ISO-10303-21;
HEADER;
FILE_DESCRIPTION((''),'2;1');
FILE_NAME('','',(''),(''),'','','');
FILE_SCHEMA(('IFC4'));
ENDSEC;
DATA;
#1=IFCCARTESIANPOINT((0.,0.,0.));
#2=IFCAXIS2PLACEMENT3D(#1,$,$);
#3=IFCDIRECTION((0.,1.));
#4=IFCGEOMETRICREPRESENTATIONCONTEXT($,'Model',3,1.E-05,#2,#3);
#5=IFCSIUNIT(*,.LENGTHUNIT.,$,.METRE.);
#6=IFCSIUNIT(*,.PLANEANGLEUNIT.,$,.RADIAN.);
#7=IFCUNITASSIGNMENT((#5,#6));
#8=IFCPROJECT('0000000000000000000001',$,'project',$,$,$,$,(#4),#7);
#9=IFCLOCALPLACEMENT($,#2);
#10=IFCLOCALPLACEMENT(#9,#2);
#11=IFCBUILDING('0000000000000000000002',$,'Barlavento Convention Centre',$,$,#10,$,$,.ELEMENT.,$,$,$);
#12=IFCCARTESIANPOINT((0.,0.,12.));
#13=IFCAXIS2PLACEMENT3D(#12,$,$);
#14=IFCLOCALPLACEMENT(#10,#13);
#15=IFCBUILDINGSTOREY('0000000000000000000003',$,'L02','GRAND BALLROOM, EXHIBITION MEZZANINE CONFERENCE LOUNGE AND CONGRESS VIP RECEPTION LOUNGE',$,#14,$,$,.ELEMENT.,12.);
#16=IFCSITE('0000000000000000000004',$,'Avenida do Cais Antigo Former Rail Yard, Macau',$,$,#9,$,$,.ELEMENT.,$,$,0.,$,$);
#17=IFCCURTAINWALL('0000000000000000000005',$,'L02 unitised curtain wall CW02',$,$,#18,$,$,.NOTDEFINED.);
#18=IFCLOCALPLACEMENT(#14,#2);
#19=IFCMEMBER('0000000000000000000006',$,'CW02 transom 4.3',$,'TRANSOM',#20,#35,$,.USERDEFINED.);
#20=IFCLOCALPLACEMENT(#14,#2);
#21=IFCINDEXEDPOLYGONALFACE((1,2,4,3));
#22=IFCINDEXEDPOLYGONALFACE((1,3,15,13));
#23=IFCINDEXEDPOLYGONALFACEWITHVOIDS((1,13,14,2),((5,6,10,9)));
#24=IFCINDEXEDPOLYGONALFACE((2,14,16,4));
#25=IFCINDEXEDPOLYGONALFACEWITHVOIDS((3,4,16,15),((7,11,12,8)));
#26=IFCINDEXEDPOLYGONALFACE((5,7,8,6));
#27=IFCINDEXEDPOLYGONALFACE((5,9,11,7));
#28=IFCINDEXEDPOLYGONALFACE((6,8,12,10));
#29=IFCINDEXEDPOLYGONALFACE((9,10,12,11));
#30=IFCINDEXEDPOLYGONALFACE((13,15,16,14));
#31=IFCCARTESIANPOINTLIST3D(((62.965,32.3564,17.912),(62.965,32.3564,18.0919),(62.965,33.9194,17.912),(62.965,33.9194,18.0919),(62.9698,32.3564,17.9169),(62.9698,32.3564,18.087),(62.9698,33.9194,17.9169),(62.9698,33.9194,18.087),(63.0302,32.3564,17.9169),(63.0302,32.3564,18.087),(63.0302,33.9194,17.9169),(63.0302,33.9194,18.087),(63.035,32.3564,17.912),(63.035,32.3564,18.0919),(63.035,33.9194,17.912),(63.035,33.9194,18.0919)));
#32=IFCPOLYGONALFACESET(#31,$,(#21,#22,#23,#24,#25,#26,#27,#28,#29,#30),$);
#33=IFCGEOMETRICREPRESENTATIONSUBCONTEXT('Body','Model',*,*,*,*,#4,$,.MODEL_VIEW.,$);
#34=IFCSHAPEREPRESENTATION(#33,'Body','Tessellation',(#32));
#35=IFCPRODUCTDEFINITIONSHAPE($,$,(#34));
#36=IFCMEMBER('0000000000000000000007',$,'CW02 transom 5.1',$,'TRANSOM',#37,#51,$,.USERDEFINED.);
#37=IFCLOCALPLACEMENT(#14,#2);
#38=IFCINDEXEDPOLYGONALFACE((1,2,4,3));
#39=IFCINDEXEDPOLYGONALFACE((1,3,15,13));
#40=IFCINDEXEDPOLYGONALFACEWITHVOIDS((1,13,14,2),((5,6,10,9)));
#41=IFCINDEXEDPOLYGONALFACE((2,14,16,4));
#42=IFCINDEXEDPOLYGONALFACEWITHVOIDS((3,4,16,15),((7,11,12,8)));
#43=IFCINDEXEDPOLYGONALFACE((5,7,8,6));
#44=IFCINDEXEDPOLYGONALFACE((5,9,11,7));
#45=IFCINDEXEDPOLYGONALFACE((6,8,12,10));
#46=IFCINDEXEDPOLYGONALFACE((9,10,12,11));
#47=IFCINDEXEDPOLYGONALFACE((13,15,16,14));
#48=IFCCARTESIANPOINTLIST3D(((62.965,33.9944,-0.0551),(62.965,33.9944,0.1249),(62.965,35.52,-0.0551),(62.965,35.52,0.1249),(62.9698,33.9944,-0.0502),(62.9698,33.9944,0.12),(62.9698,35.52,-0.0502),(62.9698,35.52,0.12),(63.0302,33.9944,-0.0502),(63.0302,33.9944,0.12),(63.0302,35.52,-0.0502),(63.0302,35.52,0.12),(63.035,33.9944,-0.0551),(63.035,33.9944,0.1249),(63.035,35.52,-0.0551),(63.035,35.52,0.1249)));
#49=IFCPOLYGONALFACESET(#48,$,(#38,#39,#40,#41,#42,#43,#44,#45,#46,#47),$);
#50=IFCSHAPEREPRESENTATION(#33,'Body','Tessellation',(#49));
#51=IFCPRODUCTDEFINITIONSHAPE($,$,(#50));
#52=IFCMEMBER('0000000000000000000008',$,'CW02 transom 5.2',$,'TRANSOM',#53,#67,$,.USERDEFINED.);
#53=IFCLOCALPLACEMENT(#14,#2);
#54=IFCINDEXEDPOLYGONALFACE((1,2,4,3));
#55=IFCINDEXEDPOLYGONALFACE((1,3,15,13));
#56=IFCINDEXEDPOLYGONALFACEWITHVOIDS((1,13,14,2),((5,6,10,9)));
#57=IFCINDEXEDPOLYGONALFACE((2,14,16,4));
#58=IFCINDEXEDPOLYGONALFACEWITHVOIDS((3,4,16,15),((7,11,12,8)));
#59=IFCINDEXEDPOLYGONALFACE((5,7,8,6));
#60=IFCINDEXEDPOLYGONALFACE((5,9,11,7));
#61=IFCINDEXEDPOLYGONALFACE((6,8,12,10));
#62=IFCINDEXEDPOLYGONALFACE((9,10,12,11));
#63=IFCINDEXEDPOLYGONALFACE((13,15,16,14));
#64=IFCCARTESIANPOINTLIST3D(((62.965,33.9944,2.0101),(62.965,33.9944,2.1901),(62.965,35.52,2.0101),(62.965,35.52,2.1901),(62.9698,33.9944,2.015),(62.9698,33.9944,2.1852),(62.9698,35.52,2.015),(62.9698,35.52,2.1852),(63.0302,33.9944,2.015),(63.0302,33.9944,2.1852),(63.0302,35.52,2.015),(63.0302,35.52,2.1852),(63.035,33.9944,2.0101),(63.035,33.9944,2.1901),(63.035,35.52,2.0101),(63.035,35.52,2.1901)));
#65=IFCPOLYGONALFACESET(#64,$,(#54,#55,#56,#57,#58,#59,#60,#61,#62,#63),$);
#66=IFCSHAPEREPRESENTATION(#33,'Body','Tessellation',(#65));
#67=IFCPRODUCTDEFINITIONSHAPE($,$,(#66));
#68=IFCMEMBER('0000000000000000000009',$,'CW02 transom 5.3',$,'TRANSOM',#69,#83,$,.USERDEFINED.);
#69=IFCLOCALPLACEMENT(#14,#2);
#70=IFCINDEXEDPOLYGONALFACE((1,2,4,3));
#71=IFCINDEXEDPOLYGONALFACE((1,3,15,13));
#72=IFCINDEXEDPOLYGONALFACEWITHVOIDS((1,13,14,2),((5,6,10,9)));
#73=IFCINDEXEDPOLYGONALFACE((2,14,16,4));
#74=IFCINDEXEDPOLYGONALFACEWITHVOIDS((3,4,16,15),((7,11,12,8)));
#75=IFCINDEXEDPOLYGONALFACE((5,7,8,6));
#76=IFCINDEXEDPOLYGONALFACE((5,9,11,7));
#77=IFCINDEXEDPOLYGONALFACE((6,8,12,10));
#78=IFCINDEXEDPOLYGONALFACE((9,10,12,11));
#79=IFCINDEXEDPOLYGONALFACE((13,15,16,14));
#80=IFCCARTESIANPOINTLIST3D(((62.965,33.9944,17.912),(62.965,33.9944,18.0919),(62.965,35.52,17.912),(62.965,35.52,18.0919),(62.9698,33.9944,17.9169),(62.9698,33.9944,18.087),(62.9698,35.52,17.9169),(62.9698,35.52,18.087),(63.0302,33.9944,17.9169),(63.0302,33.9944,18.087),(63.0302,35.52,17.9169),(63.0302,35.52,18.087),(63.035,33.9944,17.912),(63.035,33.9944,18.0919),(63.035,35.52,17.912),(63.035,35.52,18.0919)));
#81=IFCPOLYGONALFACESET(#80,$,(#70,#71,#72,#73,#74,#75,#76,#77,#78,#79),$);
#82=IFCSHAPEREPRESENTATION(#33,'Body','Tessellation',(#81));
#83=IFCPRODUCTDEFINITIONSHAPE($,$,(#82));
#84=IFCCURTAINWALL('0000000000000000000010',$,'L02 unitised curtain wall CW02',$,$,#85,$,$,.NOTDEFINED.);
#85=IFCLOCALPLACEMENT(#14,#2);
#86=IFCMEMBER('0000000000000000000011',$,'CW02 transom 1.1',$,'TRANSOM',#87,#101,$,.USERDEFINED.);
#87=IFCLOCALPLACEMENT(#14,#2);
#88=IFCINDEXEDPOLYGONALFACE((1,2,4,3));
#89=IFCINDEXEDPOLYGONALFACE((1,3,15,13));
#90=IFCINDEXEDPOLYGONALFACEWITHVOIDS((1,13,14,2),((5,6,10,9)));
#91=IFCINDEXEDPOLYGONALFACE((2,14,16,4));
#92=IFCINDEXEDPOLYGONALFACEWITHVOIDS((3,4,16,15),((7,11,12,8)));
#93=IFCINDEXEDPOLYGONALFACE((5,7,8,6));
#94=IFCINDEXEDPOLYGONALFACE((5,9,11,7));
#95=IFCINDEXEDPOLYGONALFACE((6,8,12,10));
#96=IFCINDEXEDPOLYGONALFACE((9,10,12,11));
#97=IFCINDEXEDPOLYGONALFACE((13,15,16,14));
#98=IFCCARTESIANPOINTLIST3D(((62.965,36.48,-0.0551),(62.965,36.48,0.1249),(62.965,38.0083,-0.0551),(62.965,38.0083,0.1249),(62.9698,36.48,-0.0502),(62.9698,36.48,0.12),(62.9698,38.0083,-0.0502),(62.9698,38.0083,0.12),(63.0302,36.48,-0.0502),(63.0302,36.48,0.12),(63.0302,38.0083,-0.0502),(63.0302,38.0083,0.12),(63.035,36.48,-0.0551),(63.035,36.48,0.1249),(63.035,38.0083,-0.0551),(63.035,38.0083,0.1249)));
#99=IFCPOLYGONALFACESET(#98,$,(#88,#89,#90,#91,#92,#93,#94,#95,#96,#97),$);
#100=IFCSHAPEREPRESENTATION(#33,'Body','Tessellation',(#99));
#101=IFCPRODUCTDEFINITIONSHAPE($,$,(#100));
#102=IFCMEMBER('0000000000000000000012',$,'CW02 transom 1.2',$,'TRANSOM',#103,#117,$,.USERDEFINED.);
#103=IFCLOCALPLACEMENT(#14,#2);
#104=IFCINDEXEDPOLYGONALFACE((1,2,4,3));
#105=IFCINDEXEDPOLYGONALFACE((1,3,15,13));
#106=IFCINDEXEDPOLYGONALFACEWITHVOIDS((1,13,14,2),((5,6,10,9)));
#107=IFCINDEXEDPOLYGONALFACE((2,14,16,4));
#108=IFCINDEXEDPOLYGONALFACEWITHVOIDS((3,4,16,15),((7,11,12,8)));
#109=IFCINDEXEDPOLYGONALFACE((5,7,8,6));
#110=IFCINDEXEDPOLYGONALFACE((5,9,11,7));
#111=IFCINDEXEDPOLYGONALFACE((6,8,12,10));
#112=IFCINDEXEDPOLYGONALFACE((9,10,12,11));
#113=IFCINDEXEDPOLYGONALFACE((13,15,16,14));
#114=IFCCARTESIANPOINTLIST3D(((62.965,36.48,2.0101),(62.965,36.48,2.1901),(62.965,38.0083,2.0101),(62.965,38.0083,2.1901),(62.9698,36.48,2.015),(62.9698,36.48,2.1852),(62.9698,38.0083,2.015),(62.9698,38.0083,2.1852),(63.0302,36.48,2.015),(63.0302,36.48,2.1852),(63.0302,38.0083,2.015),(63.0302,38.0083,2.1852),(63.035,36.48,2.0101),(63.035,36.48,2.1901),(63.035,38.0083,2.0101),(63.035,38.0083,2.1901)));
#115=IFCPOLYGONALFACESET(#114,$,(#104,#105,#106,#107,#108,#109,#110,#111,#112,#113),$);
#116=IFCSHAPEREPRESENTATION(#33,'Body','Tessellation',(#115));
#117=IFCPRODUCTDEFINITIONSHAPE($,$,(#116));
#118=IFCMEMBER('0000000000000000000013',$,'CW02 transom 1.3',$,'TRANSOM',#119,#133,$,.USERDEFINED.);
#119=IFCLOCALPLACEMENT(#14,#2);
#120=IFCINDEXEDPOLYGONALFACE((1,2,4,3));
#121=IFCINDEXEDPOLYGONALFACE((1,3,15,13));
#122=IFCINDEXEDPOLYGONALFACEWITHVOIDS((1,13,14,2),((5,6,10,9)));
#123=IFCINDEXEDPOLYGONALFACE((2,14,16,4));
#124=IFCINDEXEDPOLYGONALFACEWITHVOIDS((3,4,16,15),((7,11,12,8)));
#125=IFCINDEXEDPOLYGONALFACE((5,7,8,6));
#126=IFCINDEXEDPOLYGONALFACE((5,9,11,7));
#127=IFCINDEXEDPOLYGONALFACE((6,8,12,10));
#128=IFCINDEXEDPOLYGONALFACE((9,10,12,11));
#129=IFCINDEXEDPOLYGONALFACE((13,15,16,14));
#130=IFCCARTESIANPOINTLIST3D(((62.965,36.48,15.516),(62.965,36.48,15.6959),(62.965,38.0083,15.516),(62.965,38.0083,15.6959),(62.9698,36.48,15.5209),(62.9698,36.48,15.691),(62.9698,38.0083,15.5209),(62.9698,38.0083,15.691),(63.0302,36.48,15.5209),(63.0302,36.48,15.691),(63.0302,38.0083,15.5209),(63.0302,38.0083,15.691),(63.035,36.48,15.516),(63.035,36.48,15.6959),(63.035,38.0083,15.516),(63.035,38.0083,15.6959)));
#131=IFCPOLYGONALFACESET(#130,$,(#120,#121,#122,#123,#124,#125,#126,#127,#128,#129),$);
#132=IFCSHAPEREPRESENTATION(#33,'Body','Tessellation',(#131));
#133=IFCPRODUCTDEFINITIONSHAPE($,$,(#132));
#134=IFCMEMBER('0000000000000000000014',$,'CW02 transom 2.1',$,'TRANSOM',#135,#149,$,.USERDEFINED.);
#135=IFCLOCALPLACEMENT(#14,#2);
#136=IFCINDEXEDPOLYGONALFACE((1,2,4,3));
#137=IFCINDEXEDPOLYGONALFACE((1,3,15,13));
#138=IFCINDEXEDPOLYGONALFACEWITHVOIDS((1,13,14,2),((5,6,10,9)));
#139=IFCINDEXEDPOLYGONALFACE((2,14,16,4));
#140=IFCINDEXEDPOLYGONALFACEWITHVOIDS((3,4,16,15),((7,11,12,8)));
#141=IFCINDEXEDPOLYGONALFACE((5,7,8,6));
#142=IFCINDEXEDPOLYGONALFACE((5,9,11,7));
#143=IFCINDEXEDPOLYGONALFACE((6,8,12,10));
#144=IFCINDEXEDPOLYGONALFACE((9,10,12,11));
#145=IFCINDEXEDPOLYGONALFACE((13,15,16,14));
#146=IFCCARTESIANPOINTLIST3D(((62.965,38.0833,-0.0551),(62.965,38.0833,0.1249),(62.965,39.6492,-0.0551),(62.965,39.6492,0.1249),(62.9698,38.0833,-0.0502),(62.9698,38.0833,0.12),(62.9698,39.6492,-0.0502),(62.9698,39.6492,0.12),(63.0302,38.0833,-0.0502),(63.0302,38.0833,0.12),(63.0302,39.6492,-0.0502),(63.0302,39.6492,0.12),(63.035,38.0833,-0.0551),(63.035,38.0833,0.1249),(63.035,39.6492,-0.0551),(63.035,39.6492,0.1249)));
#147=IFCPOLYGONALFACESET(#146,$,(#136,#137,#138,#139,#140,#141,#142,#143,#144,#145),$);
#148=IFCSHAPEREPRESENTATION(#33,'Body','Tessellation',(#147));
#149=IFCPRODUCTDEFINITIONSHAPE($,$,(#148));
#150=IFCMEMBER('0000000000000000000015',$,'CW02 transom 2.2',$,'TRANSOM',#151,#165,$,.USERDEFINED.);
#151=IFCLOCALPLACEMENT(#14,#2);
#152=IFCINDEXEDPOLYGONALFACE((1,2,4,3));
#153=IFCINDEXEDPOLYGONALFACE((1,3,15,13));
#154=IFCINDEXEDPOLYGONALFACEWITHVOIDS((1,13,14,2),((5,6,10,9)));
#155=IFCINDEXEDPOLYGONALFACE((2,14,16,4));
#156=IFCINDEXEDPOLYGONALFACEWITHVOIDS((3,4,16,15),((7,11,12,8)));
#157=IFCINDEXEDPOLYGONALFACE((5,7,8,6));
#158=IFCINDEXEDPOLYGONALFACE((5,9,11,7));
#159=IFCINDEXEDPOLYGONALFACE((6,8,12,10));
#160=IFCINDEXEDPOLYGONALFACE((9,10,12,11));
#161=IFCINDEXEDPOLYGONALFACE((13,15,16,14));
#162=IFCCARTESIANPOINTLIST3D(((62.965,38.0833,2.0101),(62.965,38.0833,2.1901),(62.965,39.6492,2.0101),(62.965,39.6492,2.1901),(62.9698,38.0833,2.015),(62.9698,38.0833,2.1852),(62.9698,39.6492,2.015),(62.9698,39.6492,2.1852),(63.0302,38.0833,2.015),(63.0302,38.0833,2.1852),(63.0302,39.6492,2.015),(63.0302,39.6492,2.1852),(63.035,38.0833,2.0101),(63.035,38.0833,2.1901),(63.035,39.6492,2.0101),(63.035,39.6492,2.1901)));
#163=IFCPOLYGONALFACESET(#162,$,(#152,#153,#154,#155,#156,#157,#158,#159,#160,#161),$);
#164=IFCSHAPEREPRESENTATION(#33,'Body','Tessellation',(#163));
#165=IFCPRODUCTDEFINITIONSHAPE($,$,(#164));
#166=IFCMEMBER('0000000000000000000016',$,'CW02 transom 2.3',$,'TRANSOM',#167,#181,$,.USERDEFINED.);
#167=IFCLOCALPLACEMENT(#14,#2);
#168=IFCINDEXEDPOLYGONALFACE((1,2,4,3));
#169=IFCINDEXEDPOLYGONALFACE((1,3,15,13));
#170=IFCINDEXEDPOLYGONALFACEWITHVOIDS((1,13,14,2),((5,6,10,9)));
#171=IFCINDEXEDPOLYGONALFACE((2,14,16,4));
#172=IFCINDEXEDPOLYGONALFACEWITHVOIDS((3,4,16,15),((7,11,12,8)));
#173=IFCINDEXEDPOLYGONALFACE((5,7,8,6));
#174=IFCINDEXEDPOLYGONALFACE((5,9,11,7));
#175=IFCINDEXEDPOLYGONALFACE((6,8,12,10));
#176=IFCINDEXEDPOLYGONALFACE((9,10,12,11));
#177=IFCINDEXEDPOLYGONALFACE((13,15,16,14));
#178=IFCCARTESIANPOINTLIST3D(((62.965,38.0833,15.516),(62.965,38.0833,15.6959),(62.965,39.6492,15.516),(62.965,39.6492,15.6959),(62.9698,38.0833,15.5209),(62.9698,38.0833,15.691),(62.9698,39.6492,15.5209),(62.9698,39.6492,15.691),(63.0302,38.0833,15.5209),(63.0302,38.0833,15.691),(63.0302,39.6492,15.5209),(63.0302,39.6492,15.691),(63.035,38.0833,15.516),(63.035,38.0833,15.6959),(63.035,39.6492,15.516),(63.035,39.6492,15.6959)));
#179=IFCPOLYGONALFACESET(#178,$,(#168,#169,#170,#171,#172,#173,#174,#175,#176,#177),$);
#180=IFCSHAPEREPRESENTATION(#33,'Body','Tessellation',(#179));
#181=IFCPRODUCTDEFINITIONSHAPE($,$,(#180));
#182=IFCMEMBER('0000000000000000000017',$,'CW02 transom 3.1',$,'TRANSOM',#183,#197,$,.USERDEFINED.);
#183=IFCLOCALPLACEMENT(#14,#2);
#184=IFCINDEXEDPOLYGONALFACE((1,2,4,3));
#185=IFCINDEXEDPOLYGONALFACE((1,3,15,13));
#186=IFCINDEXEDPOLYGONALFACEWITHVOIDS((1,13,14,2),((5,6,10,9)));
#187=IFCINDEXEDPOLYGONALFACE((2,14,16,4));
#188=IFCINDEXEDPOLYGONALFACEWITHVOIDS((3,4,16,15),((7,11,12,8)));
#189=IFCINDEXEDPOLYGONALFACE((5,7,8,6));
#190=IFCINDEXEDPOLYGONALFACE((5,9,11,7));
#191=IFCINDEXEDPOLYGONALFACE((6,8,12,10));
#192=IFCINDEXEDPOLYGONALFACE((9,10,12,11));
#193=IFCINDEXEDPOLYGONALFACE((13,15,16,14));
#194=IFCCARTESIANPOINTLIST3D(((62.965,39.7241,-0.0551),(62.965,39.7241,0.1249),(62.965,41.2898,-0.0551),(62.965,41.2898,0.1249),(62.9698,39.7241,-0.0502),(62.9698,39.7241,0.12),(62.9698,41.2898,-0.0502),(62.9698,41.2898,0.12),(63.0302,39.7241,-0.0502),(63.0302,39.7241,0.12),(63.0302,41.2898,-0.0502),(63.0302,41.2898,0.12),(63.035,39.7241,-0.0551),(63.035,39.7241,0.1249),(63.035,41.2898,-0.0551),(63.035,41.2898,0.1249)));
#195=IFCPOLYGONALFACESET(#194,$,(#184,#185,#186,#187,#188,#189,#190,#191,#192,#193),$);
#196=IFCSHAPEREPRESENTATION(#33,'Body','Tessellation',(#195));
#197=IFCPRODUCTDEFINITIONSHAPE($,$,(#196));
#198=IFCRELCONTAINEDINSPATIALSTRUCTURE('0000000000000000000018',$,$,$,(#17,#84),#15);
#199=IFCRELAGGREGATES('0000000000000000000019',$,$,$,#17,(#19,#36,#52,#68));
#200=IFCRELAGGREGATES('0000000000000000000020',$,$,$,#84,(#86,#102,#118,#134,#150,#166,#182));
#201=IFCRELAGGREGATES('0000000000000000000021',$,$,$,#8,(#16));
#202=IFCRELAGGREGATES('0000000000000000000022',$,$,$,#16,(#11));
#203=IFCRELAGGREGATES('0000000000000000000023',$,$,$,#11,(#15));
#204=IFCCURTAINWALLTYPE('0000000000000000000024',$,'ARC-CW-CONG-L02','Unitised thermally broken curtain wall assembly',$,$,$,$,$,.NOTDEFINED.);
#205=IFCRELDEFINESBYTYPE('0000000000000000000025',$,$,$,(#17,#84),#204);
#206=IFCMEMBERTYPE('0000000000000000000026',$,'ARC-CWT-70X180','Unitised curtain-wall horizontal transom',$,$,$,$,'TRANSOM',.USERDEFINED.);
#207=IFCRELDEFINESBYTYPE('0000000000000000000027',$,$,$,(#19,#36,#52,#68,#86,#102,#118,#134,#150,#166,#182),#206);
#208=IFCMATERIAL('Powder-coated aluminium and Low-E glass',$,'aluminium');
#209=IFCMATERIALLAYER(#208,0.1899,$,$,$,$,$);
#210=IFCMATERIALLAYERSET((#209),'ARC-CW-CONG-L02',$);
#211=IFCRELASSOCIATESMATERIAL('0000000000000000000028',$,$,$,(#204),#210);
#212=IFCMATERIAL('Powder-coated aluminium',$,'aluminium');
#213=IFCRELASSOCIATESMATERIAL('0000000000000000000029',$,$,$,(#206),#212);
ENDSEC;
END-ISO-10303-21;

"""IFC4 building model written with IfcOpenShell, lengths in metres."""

from ifc_helpers import new_model, si_unit, direction, frame, origin, origin_2d, place, context, subcontext, project, spatial, hollow_rectangle, extrude, material, layer, layer_set, material_profile, profile_set, type_object, element, aggregate, save


model = new_model("IFC4")

# Units and contexts
model_context = context("Model", 3, precision=1e-05, world=origin(), true_north=direction((0.0, 1.0)))
body_context = subcontext(model_context, "Body", "Model", "MODEL_VIEW")
ifc_project = project(units=[si_unit("LENGTHUNIT", "METRE"), si_unit("PLANEANGLEUNIT", "RADIAN")], contexts=[model_context])

# Site, building, storey
site_placement = place(None, origin())
site = spatial("IfcSite", under=ifc_project, at=site_placement, Name="Avenida do Cais Antigo Former Rail Yard, Macau", CompositionType="ELEMENT", RefElevation=0.0)
building_placement = place(site_placement, origin())
building = spatial("IfcBuilding", under=site, at=building_placement, Name="Barlavento Convention Centre", CompositionType="ELEMENT")
storey_placement = place(building_placement, frame((0.0, 0.0, 12.0)))
storey = spatial("IfcBuildingStorey", under=building, at=storey_placement, Name="L02", Description="GRAND BALLROOM, EXHIBITION MEZZANINE CONFERENCE LOUNGE AND CONGRESS VIP RECEPTION LOUNGE", CompositionType="ELEMENT", Elevation=12.0)

# Curtain walls, members
ifc_material_1 = material(Name="Powder-coated aluminium and Low-E glass", Category="aluminium")
ifc_layer_1 = layer(ifc_material_1, 0.1899)
ifc_layer_set_1 = layer_set([ifc_layer_1], Name="ARC-CW-CONG-L02")
curtain_wall_type = type_object("IfcCurtainWallType", Name="ARC-CW-CONG-L02", Description="Unitised thermally broken curtain wall assembly", PredefinedType="NOTDEFINED", material=ifc_layer_set_1)
curtain_wall_1_placement = place(storey_placement, origin())
curtain_wall_1 = element("IfcCurtainWall", 1, at=curtain_wall_1_placement, inside=storey, type_object=curtain_wall_type, Name="L02 unitised curtain wall CW02", PredefinedType="NOTDEFINED")
ifc_material_2 = material(Name="Powder-coated aluminium", Category="aluminium")
ifc_material_profile = material_profile(ifc_material_2, hollow_rectangle(XDim=0.0701, YDim=0.1799, WallThickness=0.0049, at=origin_2d()), Name="AL-TRAN 70x180x5")
ifc_profile_set = profile_set([ifc_material_profile], Name="Powder-coated aluminium")
member_type = type_object("IfcMemberType", Name="ARC-CWT-70X180", Description="Unitised curtain-wall horizontal transom", ElementType="TRANSOM", PredefinedType="USERDEFINED", material=ifc_profile_set)
member_1_placement = place(storey_placement, frame((63.0, 32.3564, 18.002), z_axis=(0.0, 1.0, 0.0), x_axis=(-1.0, 0.0, 0.0)))
member_1 = element("IfcMember", 2, at=member_1_placement, type_object=member_type, Name="CW02 transom 4.3", ObjectType="TRANSOM", PredefinedType="USERDEFINED", context=body_context, shape_type="SweptSolid", body=[
    extrude(hollow_rectangle(XDim=0.0701, YDim=0.1799, WallThickness=0.0049, at=origin_2d()), origin(), (0.0, 0.0, 1.0), 1.563),
])
member_2_placement = place(storey_placement, frame((63.0, 33.9944, 0.0349), z_axis=(0.0, 1.0, 0.0), x_axis=(-1.0, 0.0, 0.0)))
member_2 = element("IfcMember", 3, at=member_2_placement, type_object=member_type, Name="CW02 transom 5.1", ObjectType="TRANSOM", PredefinedType="USERDEFINED", context=body_context, shape_type="SweptSolid", body=[
    extrude(hollow_rectangle(XDim=0.0701, YDim=0.1799, WallThickness=0.0049, at=origin_2d()), origin(), (0.0, 0.0, 1.0), 1.5256),
])
member_3_placement = place(storey_placement, frame((63.0, 33.9944, 2.1001), z_axis=(0.0, 1.0, 0.0), x_axis=(-1.0, 0.0, 0.0)))
member_3 = element("IfcMember", 4, at=member_3_placement, type_object=member_type, Name="CW02 transom 5.2", ObjectType="TRANSOM", PredefinedType="USERDEFINED", context=body_context, shape_type="SweptSolid", body=[
    extrude(hollow_rectangle(XDim=0.0701, YDim=0.1799, WallThickness=0.0049, at=origin_2d()), origin(), (0.0, 0.0, 1.0), 1.5256),
])
member_4_placement = place(storey_placement, frame((63.0, 33.9944, 18.002), z_axis=(0.0, 1.0, 0.0), x_axis=(-1.0, 0.0, 0.0)))
member_4 = element("IfcMember", 5, at=member_4_placement, type_object=member_type, Name="CW02 transom 5.3", ObjectType="TRANSOM", PredefinedType="USERDEFINED", context=body_context, shape_type="SweptSolid", body=[
    extrude(hollow_rectangle(XDim=0.0701, YDim=0.1799, WallThickness=0.0049, at=origin_2d()), origin(), (0.0, 0.0, 1.0), 1.5256),
])
curtain_wall_2_placement = place(storey_placement, origin())
curtain_wall_2 = element("IfcCurtainWall", 6, at=curtain_wall_2_placement, inside=storey, type_object=curtain_wall_type, Name="L02 unitised curtain wall CW02", PredefinedType="NOTDEFINED")
member_5_placement = place(storey_placement, frame((63.0, 36.48, 0.0349), z_axis=(0.0, 1.0, 0.0), x_axis=(-1.0, 0.0, 0.0)))
member_5 = element("IfcMember", 7, at=member_5_placement, type_object=member_type, Name="CW02 transom 1.1", ObjectType="TRANSOM", PredefinedType="USERDEFINED", context=body_context, shape_type="SweptSolid", body=[
    extrude(hollow_rectangle(XDim=0.0701, YDim=0.1799, WallThickness=0.0049, at=origin_2d()), origin(), (0.0, 0.0, 1.0), 1.5283),
])
member_6_placement = place(storey_placement, frame((63.0, 36.48, 2.1001), z_axis=(0.0, 1.0, 0.0), x_axis=(-1.0, 0.0, 0.0)))
member_6 = element("IfcMember", 8, at=member_6_placement, type_object=member_type, Name="CW02 transom 1.2", ObjectType="TRANSOM", PredefinedType="USERDEFINED", context=body_context, shape_type="SweptSolid", body=[
    extrude(hollow_rectangle(XDim=0.0701, YDim=0.1799, WallThickness=0.0049, at=origin_2d()), origin(), (0.0, 0.0, 1.0), 1.5283),
])
member_7_placement = place(storey_placement, frame((63.0, 36.48, 15.606), z_axis=(0.0, 1.0, 0.0), x_axis=(-1.0, 0.0, 0.0)))
member_7 = element("IfcMember", 9, at=member_7_placement, type_object=member_type, Name="CW02 transom 1.3", ObjectType="TRANSOM", PredefinedType="USERDEFINED", context=body_context, shape_type="SweptSolid", body=[
    extrude(hollow_rectangle(XDim=0.0701, YDim=0.1799, WallThickness=0.0049, at=origin_2d()), origin(), (0.0, 0.0, 1.0), 1.5283),
])
member_8_placement = place(storey_placement, frame((63.0, 38.0833, 0.0349), z_axis=(0.0, 1.0, 0.0), x_axis=(-1.0, 0.0, 0.0)))
member_8 = element("IfcMember", 10, at=member_8_placement, type_object=member_type, Name="CW02 transom 2.1", ObjectType="TRANSOM", PredefinedType="USERDEFINED", context=body_context, shape_type="SweptSolid", body=[
    extrude(hollow_rectangle(XDim=0.0701, YDim=0.1799, WallThickness=0.0049, at=origin_2d()), origin(), (0.0, 0.0, 1.0), 1.5659),
])
member_9_placement = place(storey_placement, frame((63.0, 38.0833, 2.1001), z_axis=(0.0, 1.0, 0.0), x_axis=(-1.0, 0.0, 0.0)))
member_9 = element("IfcMember", 11, at=member_9_placement, type_object=member_type, Name="CW02 transom 2.2", ObjectType="TRANSOM", PredefinedType="USERDEFINED", context=body_context, shape_type="SweptSolid", body=[
    extrude(hollow_rectangle(XDim=0.0701, YDim=0.1799, WallThickness=0.0049, at=origin_2d()), origin(), (0.0, 0.0, 1.0), 1.5659),
])
member_10_placement = place(storey_placement, frame((63.0, 38.0833, 15.606), z_axis=(0.0, 1.0, 0.0), x_axis=(-1.0, 0.0, 0.0)))
member_10 = element("IfcMember", 12, at=member_10_placement, type_object=member_type, Name="CW02 transom 2.3", ObjectType="TRANSOM", PredefinedType="USERDEFINED", context=body_context, shape_type="SweptSolid", body=[
    extrude(hollow_rectangle(XDim=0.0701, YDim=0.1799, WallThickness=0.0049, at=origin_2d()), origin(), (0.0, 0.0, 1.0), 1.5659),
])
member_11_placement = place(storey_placement, frame((63.0, 39.7241, 0.0349), z_axis=(0.0, 1.0, 0.0), x_axis=(-1.0, 0.0, 0.0)))
member_11 = element("IfcMember", 13, at=member_11_placement, type_object=member_type, Name="CW02 transom 3.1", ObjectType="TRANSOM", PredefinedType="USERDEFINED", context=body_context, shape_type="SweptSolid", body=[
    extrude(hollow_rectangle(XDim=0.0701, YDim=0.1799, WallThickness=0.0049, at=origin_2d()), origin(), (0.0, 0.0, 1.0), 1.5657),
])

aggregate(curtain_wall_1, [member_1, member_2, member_3, member_4])
aggregate(curtain_wall_2, [member_5, member_6, member_7, member_8, member_9, member_10, member_11])

save(model, "model.ifc")
